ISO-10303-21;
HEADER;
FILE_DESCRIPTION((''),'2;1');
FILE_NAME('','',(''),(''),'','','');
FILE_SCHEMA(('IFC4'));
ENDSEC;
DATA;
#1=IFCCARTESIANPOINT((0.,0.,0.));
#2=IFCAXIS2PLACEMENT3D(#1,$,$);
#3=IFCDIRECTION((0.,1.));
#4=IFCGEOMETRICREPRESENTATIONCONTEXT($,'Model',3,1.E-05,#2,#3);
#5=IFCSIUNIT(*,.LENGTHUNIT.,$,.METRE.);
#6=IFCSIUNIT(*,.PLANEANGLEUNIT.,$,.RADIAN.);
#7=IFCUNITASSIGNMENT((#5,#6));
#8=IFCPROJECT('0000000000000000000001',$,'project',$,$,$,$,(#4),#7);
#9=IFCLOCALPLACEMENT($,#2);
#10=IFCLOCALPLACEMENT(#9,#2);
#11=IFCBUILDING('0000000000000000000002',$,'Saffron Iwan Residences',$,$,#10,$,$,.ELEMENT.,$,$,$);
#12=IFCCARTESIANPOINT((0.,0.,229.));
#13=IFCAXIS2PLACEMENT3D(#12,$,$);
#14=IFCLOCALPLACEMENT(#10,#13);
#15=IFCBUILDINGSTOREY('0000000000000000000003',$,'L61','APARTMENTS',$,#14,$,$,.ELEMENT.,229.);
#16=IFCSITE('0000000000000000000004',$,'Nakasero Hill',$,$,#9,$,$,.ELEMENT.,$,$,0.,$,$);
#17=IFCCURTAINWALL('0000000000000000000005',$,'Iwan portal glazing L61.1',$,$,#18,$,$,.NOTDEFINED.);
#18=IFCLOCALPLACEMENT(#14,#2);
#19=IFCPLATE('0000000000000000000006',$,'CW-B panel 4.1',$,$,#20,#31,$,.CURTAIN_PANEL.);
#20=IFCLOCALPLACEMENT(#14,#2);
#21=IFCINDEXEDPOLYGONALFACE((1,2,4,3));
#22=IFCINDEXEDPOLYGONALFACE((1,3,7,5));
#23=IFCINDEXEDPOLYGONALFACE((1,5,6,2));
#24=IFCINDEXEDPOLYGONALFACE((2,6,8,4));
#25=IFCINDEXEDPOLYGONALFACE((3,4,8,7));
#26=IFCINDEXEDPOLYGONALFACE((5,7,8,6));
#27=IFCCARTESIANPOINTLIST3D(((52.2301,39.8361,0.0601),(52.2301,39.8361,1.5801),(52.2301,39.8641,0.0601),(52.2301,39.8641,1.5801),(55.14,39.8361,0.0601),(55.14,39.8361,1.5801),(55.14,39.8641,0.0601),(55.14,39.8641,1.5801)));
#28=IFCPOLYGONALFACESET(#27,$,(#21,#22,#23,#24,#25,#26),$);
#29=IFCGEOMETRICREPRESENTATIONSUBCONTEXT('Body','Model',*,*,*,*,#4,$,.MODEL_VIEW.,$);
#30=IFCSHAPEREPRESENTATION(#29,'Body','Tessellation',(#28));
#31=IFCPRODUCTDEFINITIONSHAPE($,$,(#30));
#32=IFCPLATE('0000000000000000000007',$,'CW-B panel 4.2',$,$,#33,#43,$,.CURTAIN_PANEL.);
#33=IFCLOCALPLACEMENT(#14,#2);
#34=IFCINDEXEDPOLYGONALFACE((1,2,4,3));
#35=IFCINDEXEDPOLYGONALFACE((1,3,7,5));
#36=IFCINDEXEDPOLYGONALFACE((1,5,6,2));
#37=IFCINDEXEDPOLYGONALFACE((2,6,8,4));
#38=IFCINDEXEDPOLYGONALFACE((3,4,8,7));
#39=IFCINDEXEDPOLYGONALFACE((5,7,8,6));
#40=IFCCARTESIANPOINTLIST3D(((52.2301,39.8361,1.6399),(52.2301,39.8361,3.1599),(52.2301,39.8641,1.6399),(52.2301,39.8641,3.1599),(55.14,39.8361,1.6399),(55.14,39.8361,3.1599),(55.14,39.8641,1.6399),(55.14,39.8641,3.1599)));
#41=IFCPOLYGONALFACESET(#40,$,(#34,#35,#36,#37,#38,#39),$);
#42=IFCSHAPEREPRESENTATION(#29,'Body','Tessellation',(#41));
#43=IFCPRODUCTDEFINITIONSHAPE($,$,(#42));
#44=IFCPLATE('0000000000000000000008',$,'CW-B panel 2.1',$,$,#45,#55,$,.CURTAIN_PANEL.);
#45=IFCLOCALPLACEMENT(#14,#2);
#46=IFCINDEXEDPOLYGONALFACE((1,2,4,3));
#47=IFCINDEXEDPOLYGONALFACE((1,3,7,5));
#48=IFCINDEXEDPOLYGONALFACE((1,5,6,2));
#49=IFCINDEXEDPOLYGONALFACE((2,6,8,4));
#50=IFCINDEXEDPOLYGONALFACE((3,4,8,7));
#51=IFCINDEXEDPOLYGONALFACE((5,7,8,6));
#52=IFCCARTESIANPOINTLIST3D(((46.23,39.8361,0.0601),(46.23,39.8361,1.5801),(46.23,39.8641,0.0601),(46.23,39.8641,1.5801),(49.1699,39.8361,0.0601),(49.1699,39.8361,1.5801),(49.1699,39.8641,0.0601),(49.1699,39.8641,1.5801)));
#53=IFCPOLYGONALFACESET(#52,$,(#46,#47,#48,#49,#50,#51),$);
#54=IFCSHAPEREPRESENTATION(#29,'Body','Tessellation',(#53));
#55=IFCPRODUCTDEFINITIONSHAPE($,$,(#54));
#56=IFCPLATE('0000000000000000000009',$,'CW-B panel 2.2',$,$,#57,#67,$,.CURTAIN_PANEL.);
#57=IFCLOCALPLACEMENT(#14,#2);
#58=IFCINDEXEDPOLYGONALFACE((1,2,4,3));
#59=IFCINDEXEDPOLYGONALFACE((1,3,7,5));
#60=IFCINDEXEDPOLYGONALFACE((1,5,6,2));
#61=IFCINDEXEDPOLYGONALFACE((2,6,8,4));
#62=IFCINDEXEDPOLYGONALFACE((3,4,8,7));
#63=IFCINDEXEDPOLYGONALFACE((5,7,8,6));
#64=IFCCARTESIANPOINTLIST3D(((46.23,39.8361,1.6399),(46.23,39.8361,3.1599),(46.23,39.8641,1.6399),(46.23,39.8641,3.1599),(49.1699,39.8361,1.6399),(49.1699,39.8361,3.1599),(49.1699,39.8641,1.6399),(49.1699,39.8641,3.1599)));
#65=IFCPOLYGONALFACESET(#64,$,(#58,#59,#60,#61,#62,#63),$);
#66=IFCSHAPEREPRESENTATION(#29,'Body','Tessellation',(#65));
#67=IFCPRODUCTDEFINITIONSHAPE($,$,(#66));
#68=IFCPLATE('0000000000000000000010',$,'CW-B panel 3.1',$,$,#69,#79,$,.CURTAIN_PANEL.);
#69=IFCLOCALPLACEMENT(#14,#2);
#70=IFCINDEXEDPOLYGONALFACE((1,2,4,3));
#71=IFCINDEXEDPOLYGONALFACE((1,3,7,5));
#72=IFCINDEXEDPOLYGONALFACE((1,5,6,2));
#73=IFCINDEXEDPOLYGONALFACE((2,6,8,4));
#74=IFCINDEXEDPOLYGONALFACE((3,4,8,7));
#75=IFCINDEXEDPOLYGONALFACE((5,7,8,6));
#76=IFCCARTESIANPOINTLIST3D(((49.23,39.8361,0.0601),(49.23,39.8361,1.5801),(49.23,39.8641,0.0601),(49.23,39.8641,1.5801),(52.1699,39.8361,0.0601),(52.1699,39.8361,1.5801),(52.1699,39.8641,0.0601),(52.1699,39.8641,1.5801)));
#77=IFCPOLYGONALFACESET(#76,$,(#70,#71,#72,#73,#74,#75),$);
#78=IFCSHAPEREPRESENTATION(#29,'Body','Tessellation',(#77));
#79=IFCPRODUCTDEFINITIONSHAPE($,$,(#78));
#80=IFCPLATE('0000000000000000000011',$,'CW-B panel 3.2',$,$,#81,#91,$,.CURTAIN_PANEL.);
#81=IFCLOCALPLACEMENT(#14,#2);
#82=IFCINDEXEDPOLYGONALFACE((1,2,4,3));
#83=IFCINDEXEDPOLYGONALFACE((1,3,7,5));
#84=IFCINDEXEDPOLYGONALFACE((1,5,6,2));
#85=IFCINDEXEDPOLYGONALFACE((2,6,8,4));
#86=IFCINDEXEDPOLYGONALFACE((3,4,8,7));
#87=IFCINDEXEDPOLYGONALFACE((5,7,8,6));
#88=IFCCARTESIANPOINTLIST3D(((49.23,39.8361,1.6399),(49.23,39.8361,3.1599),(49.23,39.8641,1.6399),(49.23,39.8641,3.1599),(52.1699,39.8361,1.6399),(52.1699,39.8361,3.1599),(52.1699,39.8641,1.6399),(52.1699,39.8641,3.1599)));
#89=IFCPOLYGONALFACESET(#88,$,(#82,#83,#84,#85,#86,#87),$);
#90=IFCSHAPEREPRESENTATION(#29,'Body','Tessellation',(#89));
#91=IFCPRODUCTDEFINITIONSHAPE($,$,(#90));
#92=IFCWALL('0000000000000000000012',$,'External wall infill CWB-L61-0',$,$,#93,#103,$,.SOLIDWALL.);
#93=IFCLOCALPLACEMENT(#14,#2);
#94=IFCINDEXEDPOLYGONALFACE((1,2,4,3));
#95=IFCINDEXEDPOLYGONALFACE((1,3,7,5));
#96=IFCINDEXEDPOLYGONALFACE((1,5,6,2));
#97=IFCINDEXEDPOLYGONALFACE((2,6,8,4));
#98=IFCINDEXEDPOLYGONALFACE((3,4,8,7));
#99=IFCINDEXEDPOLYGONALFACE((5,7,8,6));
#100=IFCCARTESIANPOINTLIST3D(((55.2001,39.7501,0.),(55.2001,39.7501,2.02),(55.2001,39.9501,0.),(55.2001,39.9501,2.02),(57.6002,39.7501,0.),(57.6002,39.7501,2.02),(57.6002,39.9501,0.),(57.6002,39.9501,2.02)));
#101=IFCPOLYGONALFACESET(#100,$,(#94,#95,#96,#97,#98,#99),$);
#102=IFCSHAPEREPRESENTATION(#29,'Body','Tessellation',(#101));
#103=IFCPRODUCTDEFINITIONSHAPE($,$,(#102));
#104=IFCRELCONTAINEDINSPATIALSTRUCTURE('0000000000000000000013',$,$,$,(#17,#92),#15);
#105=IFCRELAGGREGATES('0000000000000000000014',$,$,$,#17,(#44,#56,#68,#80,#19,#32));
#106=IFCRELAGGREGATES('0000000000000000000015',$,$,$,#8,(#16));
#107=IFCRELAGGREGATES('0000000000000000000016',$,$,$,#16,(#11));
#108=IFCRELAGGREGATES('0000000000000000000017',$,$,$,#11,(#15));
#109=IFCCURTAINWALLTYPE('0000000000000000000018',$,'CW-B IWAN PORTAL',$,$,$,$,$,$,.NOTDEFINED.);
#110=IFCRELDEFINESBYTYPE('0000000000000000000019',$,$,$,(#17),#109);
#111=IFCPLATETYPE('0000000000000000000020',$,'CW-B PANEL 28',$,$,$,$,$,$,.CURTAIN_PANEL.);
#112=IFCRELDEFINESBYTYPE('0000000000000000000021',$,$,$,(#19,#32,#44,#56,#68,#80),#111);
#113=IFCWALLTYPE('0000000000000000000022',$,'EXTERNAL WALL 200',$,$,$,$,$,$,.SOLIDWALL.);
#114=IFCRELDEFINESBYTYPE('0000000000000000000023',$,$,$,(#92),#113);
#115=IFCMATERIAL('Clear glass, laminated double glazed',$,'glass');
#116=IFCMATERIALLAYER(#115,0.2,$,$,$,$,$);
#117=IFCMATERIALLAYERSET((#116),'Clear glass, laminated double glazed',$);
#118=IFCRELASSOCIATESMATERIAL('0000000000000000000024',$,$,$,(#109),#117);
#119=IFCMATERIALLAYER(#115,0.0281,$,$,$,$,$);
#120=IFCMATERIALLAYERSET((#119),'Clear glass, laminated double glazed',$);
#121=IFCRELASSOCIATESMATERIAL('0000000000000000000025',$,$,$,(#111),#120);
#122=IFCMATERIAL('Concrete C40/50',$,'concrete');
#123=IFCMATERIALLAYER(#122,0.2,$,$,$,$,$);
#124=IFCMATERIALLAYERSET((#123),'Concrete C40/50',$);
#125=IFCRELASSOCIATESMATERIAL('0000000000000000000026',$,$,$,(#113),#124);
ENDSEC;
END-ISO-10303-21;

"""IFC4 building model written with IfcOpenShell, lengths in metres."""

from ifc_helpers import new_model, si_unit, direction, frame, frame_2d, origin, origin_2d, place, context, subcontext, project, spatial, rectangle, extrude, source, transform, mapped, material, layer, layer_set, type_object, element, aggregate, save


model = new_model("IFC4")

# Units and contexts
model_context = context("Model", 3, precision=1e-05, world=origin(), true_north=direction((0.0, 1.0)))
body_context = subcontext(model_context, "Body", "Model", "MODEL_VIEW")
ifc_project = project(units=[si_unit("LENGTHUNIT", "METRE"), si_unit("PLANEANGLEUNIT", "RADIAN")], contexts=[model_context])

# Site, building, storey
site_placement = place(None, origin())
site = spatial("IfcSite", under=ifc_project, at=site_placement, Name="Nakasero Hill", CompositionType="ELEMENT", RefElevation=0.0)
building_placement = place(site_placement, origin())
building = spatial("IfcBuilding", under=site, at=building_placement, Name="Saffron Iwan Residences", CompositionType="ELEMENT")
storey_placement = place(building_placement, frame((0.0, 0.0, 229.0)))
storey = spatial("IfcBuildingStorey", under=building, at=storey_placement, Name="L61", Description="APARTMENTS", CompositionType="ELEMENT", Elevation=229.0)

# Shared definitions
ifc_material_1 = material(Name="Concrete C40/50", Category="concrete")

# Curtain wall, plates
ifc_material_2 = material(Name="Clear glass, laminated double glazed", Category="glass")
ifc_layer_1 = layer(ifc_material_2, 0.2)
ifc_layer_set_1 = layer_set([ifc_layer_1], Name="Clear glass, laminated double glazed")
curtain_wall_type = type_object("IfcCurtainWallType", Name="CW-B IWAN PORTAL", PredefinedType="NOTDEFINED", material=ifc_layer_set_1)
curtain_wall_placement = place(storey_placement, origin())
curtain_wall = element("IfcCurtainWall", 1, at=curtain_wall_placement, inside=storey, type_object=curtain_wall_type, Name="Iwan portal glazing L61.1", PredefinedType="NOTDEFINED")
ifc_layer_2 = layer(ifc_material_2, 0.0281)
ifc_layer_set_2 = layer_set([ifc_layer_2], Name="Clear glass, laminated double glazed")
plate_type = type_object("IfcPlateType", Name="CW-B PANEL 28", PredefinedType="CURTAIN_PANEL", material=ifc_layer_set_2)
shared_shape_1 = source(origin(), body_context, "Body", "SweptSolid", [
    extrude(rectangle(XDim=2.9099, YDim=0.0281, at=origin_2d()), origin(), (0.0, 0.0, 1.0), 1.52),
])
plate_1_placement = place(storey_placement, frame((53.6851, 39.8501, 0.0601), z_axis=(0.0, 0.0, 1.0), x_axis=(1.0, 0.0, 0.0)))
plate_1 = element("IfcPlate", 2, at=plate_1_placement, type_object=plate_type, Name="CW-B panel 4.1", PredefinedType="CURTAIN_PANEL", context=body_context, shape_type="MappedRepresentation", body=[
    mapped(shared_shape_1, transform((0.0, 0.0, 0.0))),
])
plate_2_placement = place(storey_placement, frame((53.6851, 39.8501, 1.6399), z_axis=(0.0, 0.0, 1.0), x_axis=(1.0, 0.0, 0.0)))
plate_2 = element("IfcPlate", 3, at=plate_2_placement, type_object=plate_type, Name="CW-B panel 4.2", PredefinedType="CURTAIN_PANEL", context=body_context, shape_type="MappedRepresentation", body=[
    mapped(shared_shape_1, transform((0.0, 0.0, 0.0))),
])
shared_shape_2 = source(origin(), body_context, "Body", "SweptSolid", [
    extrude(rectangle(XDim=2.9399, YDim=0.0281, at=origin_2d()), origin(), (0.0, 0.0, 1.0), 1.52),
])
plate_3_placement = place(storey_placement, frame((47.7, 39.8501, 0.0601), z_axis=(0.0, 0.0, 1.0), x_axis=(1.0, 0.0, 0.0)))
plate_3 = element("IfcPlate", 4, at=plate_3_placement, type_object=plate_type, Name="CW-B panel 2.1", PredefinedType="CURTAIN_PANEL", context=body_context, shape_type="MappedRepresentation", body=[
    mapped(shared_shape_2, transform((0.0, 0.0, 0.0))),
])
plate_4_placement = place(storey_placement, frame((47.7, 39.8501, 1.6399), z_axis=(0.0, 0.0, 1.0), x_axis=(1.0, 0.0, 0.0)))
plate_4 = element("IfcPlate", 5, at=plate_4_placement, type_object=plate_type, Name="CW-B panel 2.2", PredefinedType="CURTAIN_PANEL", context=body_context, shape_type="MappedRepresentation", body=[
    mapped(shared_shape_2, transform((0.0, 0.0, 0.0))),
])
plate_5_placement = place(storey_placement, frame((50.7, 39.8501, 0.0601), z_axis=(0.0, 0.0, 1.0), x_axis=(1.0, 0.0, 0.0)))
plate_5 = element("IfcPlate", 6, at=plate_5_placement, type_object=plate_type, Name="CW-B panel 3.1", PredefinedType="CURTAIN_PANEL", context=body_context, shape_type="MappedRepresentation", body=[
    mapped(shared_shape_2, transform((0.0, 0.0, 0.0))),
])
plate_6_placement = place(storey_placement, frame((50.7, 39.8501, 1.6399), z_axis=(0.0, 0.0, 1.0), x_axis=(1.0, 0.0, 0.0)))
plate_6 = element("IfcPlate", 7, at=plate_6_placement, type_object=plate_type, Name="CW-B panel 3.2", PredefinedType="CURTAIN_PANEL", context=body_context, shape_type="MappedRepresentation", body=[
    mapped(shared_shape_2, transform((0.0, 0.0, 0.0))),
])
aggregate(curtain_wall, [plate_3, plate_4, plate_5, plate_6, plate_1, plate_2])

# Wall
ifc_layer_3 = layer(ifc_material_1, 0.2)
ifc_layer_set_3 = layer_set([ifc_layer_3], Name="Concrete C40/50")
wall_type = type_object("IfcWallType", Name="EXTERNAL WALL 200", PredefinedType="SOLIDWALL", material=ifc_layer_set_3)
wall_placement = place(storey_placement, frame((55.2, 39.8501, 0.0), z_axis=(0.0, 0.0, 1.0), x_axis=(1.0, 0.0, 0.0)))
element("IfcWall", 8, at=wall_placement, inside=storey, type_object=wall_type, Name="External wall infill CWB-L61-0", PredefinedType="SOLIDWALL", context=body_context, shape_type="SweptSolid", body=[
    extrude(rectangle(XDim=2.4001, YDim=0.2, at=frame_2d((1.2002, 0.0))), origin(), (0.0, 0.0, 1.0), 2.02),
])

save(model, "model.ifc")
